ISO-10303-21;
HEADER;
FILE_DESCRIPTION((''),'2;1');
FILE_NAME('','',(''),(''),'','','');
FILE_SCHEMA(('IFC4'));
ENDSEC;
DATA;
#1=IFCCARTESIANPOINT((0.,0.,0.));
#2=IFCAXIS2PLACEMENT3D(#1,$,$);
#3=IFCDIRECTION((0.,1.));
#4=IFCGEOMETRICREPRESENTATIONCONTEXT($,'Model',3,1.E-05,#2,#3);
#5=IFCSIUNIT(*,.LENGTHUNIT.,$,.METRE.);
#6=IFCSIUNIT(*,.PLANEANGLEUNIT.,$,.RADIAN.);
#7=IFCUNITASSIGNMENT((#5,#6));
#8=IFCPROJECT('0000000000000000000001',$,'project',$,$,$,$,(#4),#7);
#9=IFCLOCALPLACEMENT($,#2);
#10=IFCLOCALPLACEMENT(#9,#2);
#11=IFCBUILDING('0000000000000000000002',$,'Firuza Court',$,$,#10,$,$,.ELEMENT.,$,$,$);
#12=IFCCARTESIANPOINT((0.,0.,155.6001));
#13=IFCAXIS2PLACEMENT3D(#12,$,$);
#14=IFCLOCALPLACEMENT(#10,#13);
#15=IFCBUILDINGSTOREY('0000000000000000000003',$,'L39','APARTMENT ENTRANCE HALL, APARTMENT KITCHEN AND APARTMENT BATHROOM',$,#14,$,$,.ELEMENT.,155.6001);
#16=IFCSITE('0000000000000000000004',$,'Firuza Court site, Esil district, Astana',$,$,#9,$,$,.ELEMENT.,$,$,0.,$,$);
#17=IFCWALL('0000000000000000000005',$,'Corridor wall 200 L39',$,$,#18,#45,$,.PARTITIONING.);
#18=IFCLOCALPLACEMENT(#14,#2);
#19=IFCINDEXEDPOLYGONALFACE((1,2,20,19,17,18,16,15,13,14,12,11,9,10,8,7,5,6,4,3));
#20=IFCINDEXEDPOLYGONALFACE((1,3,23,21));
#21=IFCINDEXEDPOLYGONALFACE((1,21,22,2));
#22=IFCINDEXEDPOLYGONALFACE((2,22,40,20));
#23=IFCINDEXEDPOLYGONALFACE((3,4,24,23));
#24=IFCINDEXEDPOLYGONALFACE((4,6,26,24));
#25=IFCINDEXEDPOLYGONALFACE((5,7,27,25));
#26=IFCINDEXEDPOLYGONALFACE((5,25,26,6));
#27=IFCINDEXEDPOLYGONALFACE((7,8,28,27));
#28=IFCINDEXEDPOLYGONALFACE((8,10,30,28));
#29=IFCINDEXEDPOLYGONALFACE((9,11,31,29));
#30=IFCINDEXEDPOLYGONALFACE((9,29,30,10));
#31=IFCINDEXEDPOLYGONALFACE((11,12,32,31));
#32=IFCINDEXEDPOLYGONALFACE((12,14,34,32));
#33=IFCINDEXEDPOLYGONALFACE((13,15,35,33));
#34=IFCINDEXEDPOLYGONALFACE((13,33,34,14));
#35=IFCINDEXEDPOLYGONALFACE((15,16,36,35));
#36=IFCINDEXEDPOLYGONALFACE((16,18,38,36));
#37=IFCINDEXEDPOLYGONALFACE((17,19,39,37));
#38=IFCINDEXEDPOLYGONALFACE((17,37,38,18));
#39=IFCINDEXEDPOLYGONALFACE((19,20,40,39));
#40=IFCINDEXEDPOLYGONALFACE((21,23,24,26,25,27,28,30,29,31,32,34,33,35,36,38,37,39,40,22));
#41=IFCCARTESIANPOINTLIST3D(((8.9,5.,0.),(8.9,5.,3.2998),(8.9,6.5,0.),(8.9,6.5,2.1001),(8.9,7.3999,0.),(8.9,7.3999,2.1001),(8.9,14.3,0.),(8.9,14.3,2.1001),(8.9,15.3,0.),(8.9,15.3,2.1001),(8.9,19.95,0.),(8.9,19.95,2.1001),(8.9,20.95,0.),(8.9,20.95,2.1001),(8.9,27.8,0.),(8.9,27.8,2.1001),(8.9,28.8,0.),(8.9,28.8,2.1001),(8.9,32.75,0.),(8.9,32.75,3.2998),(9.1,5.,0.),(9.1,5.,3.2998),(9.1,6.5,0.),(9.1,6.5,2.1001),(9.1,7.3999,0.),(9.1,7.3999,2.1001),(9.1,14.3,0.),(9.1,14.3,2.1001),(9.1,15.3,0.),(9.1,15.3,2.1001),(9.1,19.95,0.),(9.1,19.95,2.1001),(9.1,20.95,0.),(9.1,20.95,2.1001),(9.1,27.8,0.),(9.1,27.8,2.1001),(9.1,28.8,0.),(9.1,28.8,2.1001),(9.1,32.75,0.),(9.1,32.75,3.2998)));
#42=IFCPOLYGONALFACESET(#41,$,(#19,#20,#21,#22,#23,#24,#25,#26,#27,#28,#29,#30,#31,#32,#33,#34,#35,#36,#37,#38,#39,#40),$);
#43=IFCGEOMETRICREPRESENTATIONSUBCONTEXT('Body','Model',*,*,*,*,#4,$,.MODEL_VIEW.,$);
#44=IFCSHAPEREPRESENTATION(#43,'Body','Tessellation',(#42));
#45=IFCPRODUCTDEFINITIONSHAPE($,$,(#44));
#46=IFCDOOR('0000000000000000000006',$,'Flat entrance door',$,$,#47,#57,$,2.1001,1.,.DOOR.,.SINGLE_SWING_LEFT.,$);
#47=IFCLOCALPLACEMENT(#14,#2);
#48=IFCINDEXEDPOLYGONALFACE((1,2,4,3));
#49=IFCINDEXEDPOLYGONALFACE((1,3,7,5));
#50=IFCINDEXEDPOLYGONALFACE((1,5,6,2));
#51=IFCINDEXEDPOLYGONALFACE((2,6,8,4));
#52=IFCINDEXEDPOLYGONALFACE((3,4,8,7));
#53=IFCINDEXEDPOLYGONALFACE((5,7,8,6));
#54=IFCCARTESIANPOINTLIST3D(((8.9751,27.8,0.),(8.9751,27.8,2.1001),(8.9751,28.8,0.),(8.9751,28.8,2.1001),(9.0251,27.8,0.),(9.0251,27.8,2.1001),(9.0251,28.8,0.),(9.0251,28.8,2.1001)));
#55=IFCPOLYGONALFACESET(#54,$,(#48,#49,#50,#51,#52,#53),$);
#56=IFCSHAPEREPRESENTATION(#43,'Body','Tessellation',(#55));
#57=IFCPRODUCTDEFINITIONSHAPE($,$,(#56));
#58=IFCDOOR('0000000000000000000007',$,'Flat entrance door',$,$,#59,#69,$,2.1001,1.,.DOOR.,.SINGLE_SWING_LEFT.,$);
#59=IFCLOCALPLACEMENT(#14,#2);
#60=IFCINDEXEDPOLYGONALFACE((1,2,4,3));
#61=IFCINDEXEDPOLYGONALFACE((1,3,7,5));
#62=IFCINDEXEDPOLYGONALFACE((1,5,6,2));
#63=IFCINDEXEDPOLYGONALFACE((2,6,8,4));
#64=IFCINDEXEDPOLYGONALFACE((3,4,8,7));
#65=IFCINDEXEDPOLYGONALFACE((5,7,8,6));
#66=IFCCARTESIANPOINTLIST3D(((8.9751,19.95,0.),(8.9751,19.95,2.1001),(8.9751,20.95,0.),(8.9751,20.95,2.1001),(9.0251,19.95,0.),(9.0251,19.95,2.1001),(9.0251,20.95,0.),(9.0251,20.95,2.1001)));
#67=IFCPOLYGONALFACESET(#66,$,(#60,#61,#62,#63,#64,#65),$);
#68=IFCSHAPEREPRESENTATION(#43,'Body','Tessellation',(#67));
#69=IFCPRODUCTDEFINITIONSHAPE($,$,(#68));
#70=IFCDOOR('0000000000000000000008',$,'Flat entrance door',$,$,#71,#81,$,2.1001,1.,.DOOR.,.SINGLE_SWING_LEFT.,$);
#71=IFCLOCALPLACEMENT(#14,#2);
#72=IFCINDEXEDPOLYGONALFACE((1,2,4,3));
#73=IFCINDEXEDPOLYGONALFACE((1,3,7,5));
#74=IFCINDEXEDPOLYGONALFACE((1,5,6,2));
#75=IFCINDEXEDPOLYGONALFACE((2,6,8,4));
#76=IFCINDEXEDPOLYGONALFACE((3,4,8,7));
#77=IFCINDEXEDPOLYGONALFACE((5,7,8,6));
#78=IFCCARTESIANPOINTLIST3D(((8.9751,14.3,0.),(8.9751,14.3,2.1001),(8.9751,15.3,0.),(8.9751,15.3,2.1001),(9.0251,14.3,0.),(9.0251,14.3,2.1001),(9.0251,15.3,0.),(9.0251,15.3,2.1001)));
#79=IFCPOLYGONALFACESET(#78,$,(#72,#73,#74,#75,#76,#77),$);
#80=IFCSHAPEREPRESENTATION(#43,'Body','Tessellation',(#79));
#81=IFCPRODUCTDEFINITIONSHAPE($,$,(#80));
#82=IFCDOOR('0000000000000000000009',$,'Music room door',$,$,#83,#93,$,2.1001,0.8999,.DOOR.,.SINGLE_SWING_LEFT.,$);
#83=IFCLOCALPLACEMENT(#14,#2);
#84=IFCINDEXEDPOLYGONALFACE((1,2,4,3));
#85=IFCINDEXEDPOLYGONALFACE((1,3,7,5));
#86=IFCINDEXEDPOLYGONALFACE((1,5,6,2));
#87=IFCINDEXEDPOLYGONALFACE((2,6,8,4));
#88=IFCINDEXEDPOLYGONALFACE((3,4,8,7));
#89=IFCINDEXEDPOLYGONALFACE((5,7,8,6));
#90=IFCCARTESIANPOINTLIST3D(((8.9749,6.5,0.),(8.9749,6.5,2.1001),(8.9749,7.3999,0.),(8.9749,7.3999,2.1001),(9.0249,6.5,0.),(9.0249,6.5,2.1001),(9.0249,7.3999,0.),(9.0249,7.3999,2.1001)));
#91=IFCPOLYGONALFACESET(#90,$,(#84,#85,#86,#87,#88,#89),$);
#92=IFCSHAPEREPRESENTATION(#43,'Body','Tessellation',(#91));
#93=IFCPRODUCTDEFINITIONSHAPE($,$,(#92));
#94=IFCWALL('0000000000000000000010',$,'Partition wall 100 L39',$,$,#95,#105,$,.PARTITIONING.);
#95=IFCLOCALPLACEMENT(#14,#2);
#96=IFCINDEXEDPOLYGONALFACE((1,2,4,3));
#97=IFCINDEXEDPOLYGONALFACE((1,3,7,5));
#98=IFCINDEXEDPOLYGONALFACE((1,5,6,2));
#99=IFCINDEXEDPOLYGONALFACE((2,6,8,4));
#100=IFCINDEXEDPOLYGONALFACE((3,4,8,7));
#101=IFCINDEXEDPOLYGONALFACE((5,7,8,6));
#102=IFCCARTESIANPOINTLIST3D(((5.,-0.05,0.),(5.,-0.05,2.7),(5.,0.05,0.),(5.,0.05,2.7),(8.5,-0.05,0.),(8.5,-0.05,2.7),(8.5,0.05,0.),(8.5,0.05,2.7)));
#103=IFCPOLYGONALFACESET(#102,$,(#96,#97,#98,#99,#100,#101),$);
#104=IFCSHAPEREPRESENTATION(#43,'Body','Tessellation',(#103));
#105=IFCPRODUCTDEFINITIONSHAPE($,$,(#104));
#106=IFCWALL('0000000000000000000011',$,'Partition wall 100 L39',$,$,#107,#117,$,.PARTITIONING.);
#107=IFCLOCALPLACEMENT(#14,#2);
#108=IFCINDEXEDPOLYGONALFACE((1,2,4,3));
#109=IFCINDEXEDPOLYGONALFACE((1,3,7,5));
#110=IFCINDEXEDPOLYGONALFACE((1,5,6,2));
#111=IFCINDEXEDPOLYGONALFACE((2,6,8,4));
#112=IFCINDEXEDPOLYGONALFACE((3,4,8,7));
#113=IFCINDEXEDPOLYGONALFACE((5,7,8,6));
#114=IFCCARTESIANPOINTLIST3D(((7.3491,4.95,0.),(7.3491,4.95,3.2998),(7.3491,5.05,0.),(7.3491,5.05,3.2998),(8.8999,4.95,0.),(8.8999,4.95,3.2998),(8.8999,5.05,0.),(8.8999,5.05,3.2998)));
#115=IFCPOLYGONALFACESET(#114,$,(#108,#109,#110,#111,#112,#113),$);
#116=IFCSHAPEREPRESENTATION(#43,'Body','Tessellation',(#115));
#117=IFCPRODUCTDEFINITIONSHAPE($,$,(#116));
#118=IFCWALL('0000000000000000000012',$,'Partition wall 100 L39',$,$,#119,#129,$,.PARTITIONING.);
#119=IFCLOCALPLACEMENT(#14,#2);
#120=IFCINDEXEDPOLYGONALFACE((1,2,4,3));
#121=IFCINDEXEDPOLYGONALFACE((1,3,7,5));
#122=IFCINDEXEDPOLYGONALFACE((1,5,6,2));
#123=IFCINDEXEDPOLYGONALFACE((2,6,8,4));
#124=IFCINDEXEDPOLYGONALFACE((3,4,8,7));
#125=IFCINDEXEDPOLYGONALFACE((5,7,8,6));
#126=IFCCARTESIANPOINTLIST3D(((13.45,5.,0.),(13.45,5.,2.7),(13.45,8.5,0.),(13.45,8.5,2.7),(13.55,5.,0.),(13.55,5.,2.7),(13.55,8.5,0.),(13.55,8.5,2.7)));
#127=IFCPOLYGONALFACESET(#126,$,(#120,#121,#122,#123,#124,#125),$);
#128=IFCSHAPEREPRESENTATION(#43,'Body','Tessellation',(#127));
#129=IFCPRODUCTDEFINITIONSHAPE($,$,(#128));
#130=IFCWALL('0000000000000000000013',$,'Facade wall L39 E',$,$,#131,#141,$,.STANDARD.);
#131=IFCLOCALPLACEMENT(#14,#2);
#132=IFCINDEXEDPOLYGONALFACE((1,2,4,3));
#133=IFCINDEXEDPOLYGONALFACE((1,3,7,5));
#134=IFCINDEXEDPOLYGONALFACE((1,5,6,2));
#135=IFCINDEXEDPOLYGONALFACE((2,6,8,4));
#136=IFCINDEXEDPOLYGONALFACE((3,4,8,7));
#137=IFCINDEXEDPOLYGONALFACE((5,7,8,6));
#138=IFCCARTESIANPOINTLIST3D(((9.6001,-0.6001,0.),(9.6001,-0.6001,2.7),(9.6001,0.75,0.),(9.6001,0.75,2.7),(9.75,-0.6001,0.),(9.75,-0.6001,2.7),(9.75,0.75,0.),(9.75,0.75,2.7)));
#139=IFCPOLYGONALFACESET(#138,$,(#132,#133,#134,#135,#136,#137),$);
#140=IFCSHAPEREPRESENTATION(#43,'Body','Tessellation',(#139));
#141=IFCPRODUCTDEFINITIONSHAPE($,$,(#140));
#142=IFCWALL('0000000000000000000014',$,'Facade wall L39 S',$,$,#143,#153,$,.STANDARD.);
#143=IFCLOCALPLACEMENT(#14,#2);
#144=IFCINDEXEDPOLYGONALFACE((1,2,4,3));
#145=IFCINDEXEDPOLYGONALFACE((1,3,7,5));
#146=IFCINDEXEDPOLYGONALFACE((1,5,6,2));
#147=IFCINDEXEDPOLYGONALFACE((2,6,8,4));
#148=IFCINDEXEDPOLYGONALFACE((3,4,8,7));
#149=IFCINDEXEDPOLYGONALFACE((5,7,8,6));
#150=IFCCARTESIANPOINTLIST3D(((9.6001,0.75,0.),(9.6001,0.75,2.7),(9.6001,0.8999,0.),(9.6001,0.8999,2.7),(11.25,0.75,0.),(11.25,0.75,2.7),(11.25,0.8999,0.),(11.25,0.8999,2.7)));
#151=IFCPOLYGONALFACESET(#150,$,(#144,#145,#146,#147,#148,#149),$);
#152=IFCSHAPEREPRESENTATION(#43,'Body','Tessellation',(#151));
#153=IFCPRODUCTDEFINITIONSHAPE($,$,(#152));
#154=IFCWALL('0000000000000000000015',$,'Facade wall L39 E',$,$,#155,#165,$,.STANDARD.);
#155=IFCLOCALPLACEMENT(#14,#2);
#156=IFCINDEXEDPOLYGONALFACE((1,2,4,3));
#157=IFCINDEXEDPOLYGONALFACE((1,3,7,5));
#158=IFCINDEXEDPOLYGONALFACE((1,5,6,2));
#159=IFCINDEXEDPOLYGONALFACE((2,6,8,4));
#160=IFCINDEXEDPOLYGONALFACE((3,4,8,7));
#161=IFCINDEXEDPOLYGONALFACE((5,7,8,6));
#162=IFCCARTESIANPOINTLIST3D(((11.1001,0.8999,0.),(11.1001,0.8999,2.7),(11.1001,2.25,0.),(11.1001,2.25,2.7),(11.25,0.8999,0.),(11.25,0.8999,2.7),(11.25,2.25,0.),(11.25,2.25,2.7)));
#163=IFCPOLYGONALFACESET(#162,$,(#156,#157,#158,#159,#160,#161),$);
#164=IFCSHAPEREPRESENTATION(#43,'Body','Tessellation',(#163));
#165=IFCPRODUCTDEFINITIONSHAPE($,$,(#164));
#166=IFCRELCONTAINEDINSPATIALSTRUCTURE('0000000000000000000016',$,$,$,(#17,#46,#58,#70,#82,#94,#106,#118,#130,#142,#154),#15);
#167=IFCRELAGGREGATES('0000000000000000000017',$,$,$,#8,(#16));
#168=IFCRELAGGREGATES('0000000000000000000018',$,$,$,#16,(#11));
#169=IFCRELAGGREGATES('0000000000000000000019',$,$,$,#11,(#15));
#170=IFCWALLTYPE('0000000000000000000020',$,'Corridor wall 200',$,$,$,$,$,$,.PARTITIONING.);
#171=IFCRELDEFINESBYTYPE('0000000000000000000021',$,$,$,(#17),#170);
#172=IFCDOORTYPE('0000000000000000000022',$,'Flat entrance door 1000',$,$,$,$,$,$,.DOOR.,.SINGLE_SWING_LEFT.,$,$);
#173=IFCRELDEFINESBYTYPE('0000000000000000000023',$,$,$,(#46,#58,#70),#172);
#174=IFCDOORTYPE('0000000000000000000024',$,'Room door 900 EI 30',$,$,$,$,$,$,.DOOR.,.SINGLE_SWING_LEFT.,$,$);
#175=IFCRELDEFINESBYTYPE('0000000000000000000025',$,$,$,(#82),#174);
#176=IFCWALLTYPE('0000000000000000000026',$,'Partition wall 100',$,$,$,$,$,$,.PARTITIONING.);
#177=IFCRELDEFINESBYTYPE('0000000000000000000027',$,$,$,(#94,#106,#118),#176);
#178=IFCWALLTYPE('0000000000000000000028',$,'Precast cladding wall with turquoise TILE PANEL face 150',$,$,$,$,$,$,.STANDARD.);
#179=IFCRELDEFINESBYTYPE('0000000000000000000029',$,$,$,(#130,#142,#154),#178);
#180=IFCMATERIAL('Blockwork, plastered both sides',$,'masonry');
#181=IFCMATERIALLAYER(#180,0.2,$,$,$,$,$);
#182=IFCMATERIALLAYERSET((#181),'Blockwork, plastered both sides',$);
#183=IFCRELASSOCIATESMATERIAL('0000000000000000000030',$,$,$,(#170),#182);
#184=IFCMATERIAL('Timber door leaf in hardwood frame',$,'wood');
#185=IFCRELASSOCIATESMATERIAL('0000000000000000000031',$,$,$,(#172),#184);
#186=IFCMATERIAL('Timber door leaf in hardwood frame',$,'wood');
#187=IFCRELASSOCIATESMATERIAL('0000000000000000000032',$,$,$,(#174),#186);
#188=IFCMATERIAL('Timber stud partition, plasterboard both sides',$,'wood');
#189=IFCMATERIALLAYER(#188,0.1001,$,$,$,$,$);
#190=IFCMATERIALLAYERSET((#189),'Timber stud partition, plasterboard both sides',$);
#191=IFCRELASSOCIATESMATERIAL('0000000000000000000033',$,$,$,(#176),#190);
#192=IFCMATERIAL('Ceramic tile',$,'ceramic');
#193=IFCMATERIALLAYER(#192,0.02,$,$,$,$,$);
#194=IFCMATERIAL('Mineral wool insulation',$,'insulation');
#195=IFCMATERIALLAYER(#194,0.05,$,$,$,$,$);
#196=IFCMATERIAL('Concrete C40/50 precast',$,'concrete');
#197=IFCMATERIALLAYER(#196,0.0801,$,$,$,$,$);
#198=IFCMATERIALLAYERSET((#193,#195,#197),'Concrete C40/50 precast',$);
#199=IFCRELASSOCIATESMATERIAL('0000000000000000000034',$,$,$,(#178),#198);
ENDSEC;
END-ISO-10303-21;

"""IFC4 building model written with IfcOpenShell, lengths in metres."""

from ifc_helpers import new_model, si_unit, direction, frame, frame_2d, origin, place, context, subcontext, project, spatial, rectangle, extrude, material, layer, layer_set, type_object, element, fill, save


model = new_model("IFC4")

# Units and contexts
model_context = context("Model", 3, precision=1e-05, world=origin(), true_north=direction((0.0, 1.0)))
body_context = subcontext(model_context, "Body", "Model", "MODEL_VIEW")
ifc_project = project(units=[si_unit("LENGTHUNIT", "METRE"), si_unit("PLANEANGLEUNIT", "RADIAN")], contexts=[model_context])

# Site, building, storey
site_placement = place(None, origin())
site = spatial("IfcSite", under=ifc_project, at=site_placement, Name="Firuza Court site, Esil district, Astana", CompositionType="ELEMENT", RefElevation=0.0)
building_placement = place(site_placement, origin())
building = spatial("IfcBuilding", under=site, at=building_placement, Name="Firuza Court", CompositionType="ELEMENT")
storey_placement = place(building_placement, frame((0.0, 0.0, 155.6001)))
storey = spatial("IfcBuildingStorey", under=building, at=storey_placement, Name="L39", Description="APARTMENT ENTRANCE HALL, APARTMENT KITCHEN AND APARTMENT BATHROOM", CompositionType="ELEMENT", Elevation=155.6001)

# Wall, openings, doors
ifc_material_1 = material(Name="Blockwork, plastered both sides", Category="masonry")
ifc_layer_1 = layer(ifc_material_1, 0.2)
ifc_layer_set_1 = layer_set([ifc_layer_1], Name="Blockwork, plastered both sides")
wall_type_1 = type_object("IfcWallType", Name="Corridor wall 200", PredefinedType="PARTITIONING", material=ifc_layer_set_1)
wall_1_placement = place(storey_placement, frame((9.0, 5.0, 0.0), z_axis=(0.0, 0.0, 1.0), x_axis=(0.0, 1.0, 0.0)))
wall_1 = element("IfcWall", 1, at=wall_1_placement, inside=storey, type_object=wall_type_1, Name="Corridor wall 200 L39", PredefinedType="PARTITIONING", context=body_context, shape_type="SweptSolid", body=[
    extrude(rectangle(XDim=27.75, YDim=0.2, at=frame_2d((13.875, 0.0))), origin(), (0.0, 0.0, 1.0), 3.2998),
])
opening_1_placement = place(wall_1_placement, frame((22.8, 0.0, 0.0)))
opening_1 = element("IfcOpeningElement", 2, at=opening_1_placement, cuts=wall_1, PredefinedType="OPENING", context=body_context, shape_type="SweptSolid", body=[
    extrude(rectangle(XDim=1.0, YDim=2.1001, at=frame_2d((0.5, 1.05))), frame((0.0, 0.1118, 0.0), z_axis=(0.0, -1.0, 0.0), x_axis=(1.0, 0.0, 0.0)), (0.0, 0.0, 1.0), 0.2239),
])
opening_2_placement = place(wall_1_placement, frame((14.95, 0.0, 0.0)))
opening_2 = element("IfcOpeningElement", 3, at=opening_2_placement, cuts=wall_1, PredefinedType="OPENING", context=body_context, shape_type="SweptSolid", body=[
    extrude(rectangle(XDim=1.0, YDim=2.1001, at=frame_2d((0.5, 1.05))), frame((0.0, 0.1118, 0.0), z_axis=(0.0, -1.0, 0.0), x_axis=(1.0, 0.0, 0.0)), (0.0, 0.0, 1.0), 0.2239),
])
opening_3_placement = place(wall_1_placement, frame((9.3, 0.0, 0.0)))
opening_3 = element("IfcOpeningElement", 4, at=opening_3_placement, cuts=wall_1, PredefinedType="OPENING", context=body_context, shape_type="SweptSolid", body=[
    extrude(rectangle(XDim=1.0, YDim=2.1001, at=frame_2d((0.5, 1.05))), frame((0.0, 0.1118, 0.0), z_axis=(0.0, -1.0, 0.0), x_axis=(1.0, 0.0, 0.0)), (0.0, 0.0, 1.0), 0.2239),
])
opening_4_placement = place(wall_1_placement, frame((1.5, 0.0, 0.0)))
opening_4 = element("IfcOpeningElement", 5, at=opening_4_placement, cuts=wall_1, PredefinedType="OPENING", context=body_context, shape_type="SweptSolid", body=[
    extrude(rectangle(XDim=0.8999, YDim=2.1001, at=frame_2d((0.45, 1.05))), frame((0.0, 0.1118, 0.0), z_axis=(0.0, -1.0, 0.0), x_axis=(1.0, 0.0, 0.0)), (0.0, 0.0, 1.0), 0.2239),
])
ifc_material_2 = material(Name="Timber door leaf in hardwood frame", Category="wood")
door_type_1 = type_object("IfcDoorType", Name="Flat entrance door 1000", OperationType="SINGLE_SWING_LEFT", PredefinedType="DOOR", material=ifc_material_2)
door_1_placement = place(opening_1_placement, origin())
door_1 = element("IfcDoor", 6, at=door_1_placement, inside=storey, type_object=door_type_1, Name="Flat entrance door", OperationType="SINGLE_SWING_LEFT", OverallHeight=2.1001, OverallWidth=1.0, PredefinedType="DOOR", context=body_context, shape_type="SweptSolid", body=[
    extrude(rectangle(XDim=1.0, YDim=2.1001, at=frame_2d((0.5, 1.05))), frame((0.0, 0.0249, 0.0), z_axis=(0.0, -1.0, 0.0), x_axis=(1.0, 0.0, 0.0)), (0.0, 0.0, 1.0), 0.05),
])
fill(opening_1, door_1)
door_2_placement = place(opening_2_placement, origin())
door_2 = element("IfcDoor", 7, at=door_2_placement, inside=storey, type_object=door_type_1, Name="Flat entrance door", OperationType="SINGLE_SWING_LEFT", OverallHeight=2.1001, OverallWidth=1.0, PredefinedType="DOOR", context=body_context, shape_type="SweptSolid", body=[
    extrude(rectangle(XDim=1.0, YDim=2.1001, at=frame_2d((0.5, 1.05))), frame((0.0, 0.0249, 0.0), z_axis=(0.0, -1.0, 0.0), x_axis=(1.0, 0.0, 0.0)), (0.0, 0.0, 1.0), 0.05),
])
fill(opening_2, door_2)
door_3_placement = place(opening_3_placement, origin())
door_3 = element("IfcDoor", 8, at=door_3_placement, inside=storey, type_object=door_type_1, Name="Flat entrance door", OperationType="SINGLE_SWING_LEFT", OverallHeight=2.1001, OverallWidth=1.0, PredefinedType="DOOR", context=body_context, shape_type="SweptSolid", body=[
    extrude(rectangle(XDim=1.0, YDim=2.1001, at=frame_2d((0.5, 1.05))), frame((0.0, 0.0249, 0.0), z_axis=(0.0, -1.0, 0.0), x_axis=(1.0, 0.0, 0.0)), (0.0, 0.0, 1.0), 0.05),
])
fill(opening_3, door_3)
ifc_material_3 = material(Name="Timber door leaf in hardwood frame", Category="wood")
door_type_2 = type_object("IfcDoorType", Name="Room door 900 EI 30", OperationType="SINGLE_SWING_LEFT", PredefinedType="DOOR", material=ifc_material_3)
door_4_placement = place(opening_4_placement, frame((0.8999, 0.0, 0.0), z_axis=(0.0, 0.0, 1.0), x_axis=(-1.0, 0.0, 0.0)))
door_4 = element("IfcDoor", 9, at=door_4_placement, inside=storey, type_object=door_type_2, Name="Music room door", OperationType="SINGLE_SWING_LEFT", OverallHeight=2.1001, OverallWidth=0.8999, PredefinedType="DOOR", context=body_context, shape_type="SweptSolid", body=[
    extrude(rectangle(XDim=0.8999, YDim=2.1001, at=frame_2d((0.45, 1.05))), frame((0.0, 0.0249, 0.0), z_axis=(0.0, -1.0, 0.0), x_axis=(1.0, 0.0, 0.0)), (0.0, 0.0, 1.0), 0.05),
])
fill(opening_4, door_4)

# Walls
ifc_material_4 = material(Name="Timber stud partition, plasterboard both sides", Category="wood")
ifc_layer_2 = layer(ifc_material_4, 0.1001)
ifc_layer_set_2 = layer_set([ifc_layer_2], Name="Timber stud partition, plasterboard both sides")
wall_type_2 = type_object("IfcWallType", Name="Partition wall 100", PredefinedType="PARTITIONING", material=ifc_layer_set_2)
wall_2_placement = place(storey_placement, frame((5.0, 0.0, 0.0), z_axis=(0.0, 0.0, 1.0), x_axis=(1.0, 0.0, 0.0)))
element("IfcWall", 10, at=wall_2_placement, inside=storey, type_object=wall_type_2, Name="Partition wall 100 L39", PredefinedType="PARTITIONING", context=body_context, shape_type="SweptSolid", body=[
    extrude(rectangle(XDim=3.5, YDim=0.1001, at=frame_2d((1.75, 0.0))), origin(), (0.0, 0.0, 1.0), 2.7),
])
wall_3_placement = place(storey_placement, frame((7.3491, 5.0, 0.0), z_axis=(0.0, 0.0, 1.0), x_axis=(1.0, 0.0, 0.0)))
element("IfcWall", 11, at=wall_3_placement, inside=storey, type_object=wall_type_2, Name="Partition wall 100 L39", PredefinedType="PARTITIONING", context=body_context, shape_type="SweptSolid", body=[
    extrude(rectangle(XDim=1.5508, YDim=0.1001, at=frame_2d((0.7754, 0.0))), origin(), (0.0, 0.0, 1.0), 3.2998),
])
wall_4_placement = place(storey_placement, frame((13.5, 5.0, 0.0), z_axis=(0.0, 0.0, 1.0), x_axis=(0.0, 1.0, 0.0)))
element("IfcWall", 12, at=wall_4_placement, inside=storey, type_object=wall_type_2, Name="Partition wall 100 L39", PredefinedType="PARTITIONING", context=body_context, shape_type="SweptSolid", body=[
    extrude(rectangle(XDim=3.5, YDim=0.1001, at=frame_2d((1.75, 0.0))), origin(), (0.0, 0.0, 1.0), 2.7),
])
ifc_material_5 = material(Name="Ceramic tile", Category="ceramic")
ifc_layer_3 = layer(ifc_material_5, 0.02)
ifc_material_6 = material(Name="Mineral wool insulation", Category="insulation")
ifc_layer_4 = layer(ifc_material_6, 0.05)
ifc_material_7 = material(Name="Concrete C40/50 precast", Category="concrete")
ifc_layer_5 = layer(ifc_material_7, 0.0801)
ifc_layer_set_3 = layer_set([ifc_layer_3, ifc_layer_4, ifc_layer_5], Name="Concrete C40/50 precast")
wall_type_3 = type_object("IfcWallType", Name="Precast cladding wall with turquoise TILE PANEL face 150", PredefinedType="STANDARD", material=ifc_layer_set_3)
wall_5_placement = place(storey_placement, frame((9.675, -0.6001, 0.0), z_axis=(0.0, 0.0, 1.0), x_axis=(0.0, 1.0, 0.0)))
element("IfcWall", 13, at=wall_5_placement, inside=storey, type_object=wall_type_3, Name="Facade wall L39 E", PredefinedType="STANDARD", context=body_context, shape_type="SweptSolid", body=[
    extrude(rectangle(XDim=1.3501, YDim=0.1499, at=frame_2d((0.675, 0.0))), origin(), (0.0, 0.0, 1.0), 2.7),
])
wall_6_placement = place(storey_placement, frame((9.6001, 0.825, 0.0), z_axis=(0.0, 0.0, 1.0), x_axis=(1.0, 0.0, 0.0)))
element("IfcWall", 14, at=wall_6_placement, inside=storey, type_object=wall_type_3, Name="Facade wall L39 S", PredefinedType="STANDARD", context=body_context, shape_type="SweptSolid", body=[
    extrude(rectangle(XDim=1.6499, YDim=0.1499, at=frame_2d((0.825, 0.0))), origin(), (0.0, 0.0, 1.0), 2.7),
])
wall_7_placement = place(storey_placement, frame((11.175, 0.8999, 0.0), z_axis=(0.0, 0.0, 1.0), x_axis=(0.0, 1.0, 0.0)))
element("IfcWall", 15, at=wall_7_placement, inside=storey, type_object=wall_type_3, Name="Facade wall L39 E", PredefinedType="STANDARD", context=body_context, shape_type="SweptSolid", body=[
    extrude(rectangle(XDim=1.3501, YDim=0.1499, at=frame_2d((0.675, 0.0))), origin(), (0.0, 0.0, 1.0), 2.7),
])

save(model, "model.ifc")
